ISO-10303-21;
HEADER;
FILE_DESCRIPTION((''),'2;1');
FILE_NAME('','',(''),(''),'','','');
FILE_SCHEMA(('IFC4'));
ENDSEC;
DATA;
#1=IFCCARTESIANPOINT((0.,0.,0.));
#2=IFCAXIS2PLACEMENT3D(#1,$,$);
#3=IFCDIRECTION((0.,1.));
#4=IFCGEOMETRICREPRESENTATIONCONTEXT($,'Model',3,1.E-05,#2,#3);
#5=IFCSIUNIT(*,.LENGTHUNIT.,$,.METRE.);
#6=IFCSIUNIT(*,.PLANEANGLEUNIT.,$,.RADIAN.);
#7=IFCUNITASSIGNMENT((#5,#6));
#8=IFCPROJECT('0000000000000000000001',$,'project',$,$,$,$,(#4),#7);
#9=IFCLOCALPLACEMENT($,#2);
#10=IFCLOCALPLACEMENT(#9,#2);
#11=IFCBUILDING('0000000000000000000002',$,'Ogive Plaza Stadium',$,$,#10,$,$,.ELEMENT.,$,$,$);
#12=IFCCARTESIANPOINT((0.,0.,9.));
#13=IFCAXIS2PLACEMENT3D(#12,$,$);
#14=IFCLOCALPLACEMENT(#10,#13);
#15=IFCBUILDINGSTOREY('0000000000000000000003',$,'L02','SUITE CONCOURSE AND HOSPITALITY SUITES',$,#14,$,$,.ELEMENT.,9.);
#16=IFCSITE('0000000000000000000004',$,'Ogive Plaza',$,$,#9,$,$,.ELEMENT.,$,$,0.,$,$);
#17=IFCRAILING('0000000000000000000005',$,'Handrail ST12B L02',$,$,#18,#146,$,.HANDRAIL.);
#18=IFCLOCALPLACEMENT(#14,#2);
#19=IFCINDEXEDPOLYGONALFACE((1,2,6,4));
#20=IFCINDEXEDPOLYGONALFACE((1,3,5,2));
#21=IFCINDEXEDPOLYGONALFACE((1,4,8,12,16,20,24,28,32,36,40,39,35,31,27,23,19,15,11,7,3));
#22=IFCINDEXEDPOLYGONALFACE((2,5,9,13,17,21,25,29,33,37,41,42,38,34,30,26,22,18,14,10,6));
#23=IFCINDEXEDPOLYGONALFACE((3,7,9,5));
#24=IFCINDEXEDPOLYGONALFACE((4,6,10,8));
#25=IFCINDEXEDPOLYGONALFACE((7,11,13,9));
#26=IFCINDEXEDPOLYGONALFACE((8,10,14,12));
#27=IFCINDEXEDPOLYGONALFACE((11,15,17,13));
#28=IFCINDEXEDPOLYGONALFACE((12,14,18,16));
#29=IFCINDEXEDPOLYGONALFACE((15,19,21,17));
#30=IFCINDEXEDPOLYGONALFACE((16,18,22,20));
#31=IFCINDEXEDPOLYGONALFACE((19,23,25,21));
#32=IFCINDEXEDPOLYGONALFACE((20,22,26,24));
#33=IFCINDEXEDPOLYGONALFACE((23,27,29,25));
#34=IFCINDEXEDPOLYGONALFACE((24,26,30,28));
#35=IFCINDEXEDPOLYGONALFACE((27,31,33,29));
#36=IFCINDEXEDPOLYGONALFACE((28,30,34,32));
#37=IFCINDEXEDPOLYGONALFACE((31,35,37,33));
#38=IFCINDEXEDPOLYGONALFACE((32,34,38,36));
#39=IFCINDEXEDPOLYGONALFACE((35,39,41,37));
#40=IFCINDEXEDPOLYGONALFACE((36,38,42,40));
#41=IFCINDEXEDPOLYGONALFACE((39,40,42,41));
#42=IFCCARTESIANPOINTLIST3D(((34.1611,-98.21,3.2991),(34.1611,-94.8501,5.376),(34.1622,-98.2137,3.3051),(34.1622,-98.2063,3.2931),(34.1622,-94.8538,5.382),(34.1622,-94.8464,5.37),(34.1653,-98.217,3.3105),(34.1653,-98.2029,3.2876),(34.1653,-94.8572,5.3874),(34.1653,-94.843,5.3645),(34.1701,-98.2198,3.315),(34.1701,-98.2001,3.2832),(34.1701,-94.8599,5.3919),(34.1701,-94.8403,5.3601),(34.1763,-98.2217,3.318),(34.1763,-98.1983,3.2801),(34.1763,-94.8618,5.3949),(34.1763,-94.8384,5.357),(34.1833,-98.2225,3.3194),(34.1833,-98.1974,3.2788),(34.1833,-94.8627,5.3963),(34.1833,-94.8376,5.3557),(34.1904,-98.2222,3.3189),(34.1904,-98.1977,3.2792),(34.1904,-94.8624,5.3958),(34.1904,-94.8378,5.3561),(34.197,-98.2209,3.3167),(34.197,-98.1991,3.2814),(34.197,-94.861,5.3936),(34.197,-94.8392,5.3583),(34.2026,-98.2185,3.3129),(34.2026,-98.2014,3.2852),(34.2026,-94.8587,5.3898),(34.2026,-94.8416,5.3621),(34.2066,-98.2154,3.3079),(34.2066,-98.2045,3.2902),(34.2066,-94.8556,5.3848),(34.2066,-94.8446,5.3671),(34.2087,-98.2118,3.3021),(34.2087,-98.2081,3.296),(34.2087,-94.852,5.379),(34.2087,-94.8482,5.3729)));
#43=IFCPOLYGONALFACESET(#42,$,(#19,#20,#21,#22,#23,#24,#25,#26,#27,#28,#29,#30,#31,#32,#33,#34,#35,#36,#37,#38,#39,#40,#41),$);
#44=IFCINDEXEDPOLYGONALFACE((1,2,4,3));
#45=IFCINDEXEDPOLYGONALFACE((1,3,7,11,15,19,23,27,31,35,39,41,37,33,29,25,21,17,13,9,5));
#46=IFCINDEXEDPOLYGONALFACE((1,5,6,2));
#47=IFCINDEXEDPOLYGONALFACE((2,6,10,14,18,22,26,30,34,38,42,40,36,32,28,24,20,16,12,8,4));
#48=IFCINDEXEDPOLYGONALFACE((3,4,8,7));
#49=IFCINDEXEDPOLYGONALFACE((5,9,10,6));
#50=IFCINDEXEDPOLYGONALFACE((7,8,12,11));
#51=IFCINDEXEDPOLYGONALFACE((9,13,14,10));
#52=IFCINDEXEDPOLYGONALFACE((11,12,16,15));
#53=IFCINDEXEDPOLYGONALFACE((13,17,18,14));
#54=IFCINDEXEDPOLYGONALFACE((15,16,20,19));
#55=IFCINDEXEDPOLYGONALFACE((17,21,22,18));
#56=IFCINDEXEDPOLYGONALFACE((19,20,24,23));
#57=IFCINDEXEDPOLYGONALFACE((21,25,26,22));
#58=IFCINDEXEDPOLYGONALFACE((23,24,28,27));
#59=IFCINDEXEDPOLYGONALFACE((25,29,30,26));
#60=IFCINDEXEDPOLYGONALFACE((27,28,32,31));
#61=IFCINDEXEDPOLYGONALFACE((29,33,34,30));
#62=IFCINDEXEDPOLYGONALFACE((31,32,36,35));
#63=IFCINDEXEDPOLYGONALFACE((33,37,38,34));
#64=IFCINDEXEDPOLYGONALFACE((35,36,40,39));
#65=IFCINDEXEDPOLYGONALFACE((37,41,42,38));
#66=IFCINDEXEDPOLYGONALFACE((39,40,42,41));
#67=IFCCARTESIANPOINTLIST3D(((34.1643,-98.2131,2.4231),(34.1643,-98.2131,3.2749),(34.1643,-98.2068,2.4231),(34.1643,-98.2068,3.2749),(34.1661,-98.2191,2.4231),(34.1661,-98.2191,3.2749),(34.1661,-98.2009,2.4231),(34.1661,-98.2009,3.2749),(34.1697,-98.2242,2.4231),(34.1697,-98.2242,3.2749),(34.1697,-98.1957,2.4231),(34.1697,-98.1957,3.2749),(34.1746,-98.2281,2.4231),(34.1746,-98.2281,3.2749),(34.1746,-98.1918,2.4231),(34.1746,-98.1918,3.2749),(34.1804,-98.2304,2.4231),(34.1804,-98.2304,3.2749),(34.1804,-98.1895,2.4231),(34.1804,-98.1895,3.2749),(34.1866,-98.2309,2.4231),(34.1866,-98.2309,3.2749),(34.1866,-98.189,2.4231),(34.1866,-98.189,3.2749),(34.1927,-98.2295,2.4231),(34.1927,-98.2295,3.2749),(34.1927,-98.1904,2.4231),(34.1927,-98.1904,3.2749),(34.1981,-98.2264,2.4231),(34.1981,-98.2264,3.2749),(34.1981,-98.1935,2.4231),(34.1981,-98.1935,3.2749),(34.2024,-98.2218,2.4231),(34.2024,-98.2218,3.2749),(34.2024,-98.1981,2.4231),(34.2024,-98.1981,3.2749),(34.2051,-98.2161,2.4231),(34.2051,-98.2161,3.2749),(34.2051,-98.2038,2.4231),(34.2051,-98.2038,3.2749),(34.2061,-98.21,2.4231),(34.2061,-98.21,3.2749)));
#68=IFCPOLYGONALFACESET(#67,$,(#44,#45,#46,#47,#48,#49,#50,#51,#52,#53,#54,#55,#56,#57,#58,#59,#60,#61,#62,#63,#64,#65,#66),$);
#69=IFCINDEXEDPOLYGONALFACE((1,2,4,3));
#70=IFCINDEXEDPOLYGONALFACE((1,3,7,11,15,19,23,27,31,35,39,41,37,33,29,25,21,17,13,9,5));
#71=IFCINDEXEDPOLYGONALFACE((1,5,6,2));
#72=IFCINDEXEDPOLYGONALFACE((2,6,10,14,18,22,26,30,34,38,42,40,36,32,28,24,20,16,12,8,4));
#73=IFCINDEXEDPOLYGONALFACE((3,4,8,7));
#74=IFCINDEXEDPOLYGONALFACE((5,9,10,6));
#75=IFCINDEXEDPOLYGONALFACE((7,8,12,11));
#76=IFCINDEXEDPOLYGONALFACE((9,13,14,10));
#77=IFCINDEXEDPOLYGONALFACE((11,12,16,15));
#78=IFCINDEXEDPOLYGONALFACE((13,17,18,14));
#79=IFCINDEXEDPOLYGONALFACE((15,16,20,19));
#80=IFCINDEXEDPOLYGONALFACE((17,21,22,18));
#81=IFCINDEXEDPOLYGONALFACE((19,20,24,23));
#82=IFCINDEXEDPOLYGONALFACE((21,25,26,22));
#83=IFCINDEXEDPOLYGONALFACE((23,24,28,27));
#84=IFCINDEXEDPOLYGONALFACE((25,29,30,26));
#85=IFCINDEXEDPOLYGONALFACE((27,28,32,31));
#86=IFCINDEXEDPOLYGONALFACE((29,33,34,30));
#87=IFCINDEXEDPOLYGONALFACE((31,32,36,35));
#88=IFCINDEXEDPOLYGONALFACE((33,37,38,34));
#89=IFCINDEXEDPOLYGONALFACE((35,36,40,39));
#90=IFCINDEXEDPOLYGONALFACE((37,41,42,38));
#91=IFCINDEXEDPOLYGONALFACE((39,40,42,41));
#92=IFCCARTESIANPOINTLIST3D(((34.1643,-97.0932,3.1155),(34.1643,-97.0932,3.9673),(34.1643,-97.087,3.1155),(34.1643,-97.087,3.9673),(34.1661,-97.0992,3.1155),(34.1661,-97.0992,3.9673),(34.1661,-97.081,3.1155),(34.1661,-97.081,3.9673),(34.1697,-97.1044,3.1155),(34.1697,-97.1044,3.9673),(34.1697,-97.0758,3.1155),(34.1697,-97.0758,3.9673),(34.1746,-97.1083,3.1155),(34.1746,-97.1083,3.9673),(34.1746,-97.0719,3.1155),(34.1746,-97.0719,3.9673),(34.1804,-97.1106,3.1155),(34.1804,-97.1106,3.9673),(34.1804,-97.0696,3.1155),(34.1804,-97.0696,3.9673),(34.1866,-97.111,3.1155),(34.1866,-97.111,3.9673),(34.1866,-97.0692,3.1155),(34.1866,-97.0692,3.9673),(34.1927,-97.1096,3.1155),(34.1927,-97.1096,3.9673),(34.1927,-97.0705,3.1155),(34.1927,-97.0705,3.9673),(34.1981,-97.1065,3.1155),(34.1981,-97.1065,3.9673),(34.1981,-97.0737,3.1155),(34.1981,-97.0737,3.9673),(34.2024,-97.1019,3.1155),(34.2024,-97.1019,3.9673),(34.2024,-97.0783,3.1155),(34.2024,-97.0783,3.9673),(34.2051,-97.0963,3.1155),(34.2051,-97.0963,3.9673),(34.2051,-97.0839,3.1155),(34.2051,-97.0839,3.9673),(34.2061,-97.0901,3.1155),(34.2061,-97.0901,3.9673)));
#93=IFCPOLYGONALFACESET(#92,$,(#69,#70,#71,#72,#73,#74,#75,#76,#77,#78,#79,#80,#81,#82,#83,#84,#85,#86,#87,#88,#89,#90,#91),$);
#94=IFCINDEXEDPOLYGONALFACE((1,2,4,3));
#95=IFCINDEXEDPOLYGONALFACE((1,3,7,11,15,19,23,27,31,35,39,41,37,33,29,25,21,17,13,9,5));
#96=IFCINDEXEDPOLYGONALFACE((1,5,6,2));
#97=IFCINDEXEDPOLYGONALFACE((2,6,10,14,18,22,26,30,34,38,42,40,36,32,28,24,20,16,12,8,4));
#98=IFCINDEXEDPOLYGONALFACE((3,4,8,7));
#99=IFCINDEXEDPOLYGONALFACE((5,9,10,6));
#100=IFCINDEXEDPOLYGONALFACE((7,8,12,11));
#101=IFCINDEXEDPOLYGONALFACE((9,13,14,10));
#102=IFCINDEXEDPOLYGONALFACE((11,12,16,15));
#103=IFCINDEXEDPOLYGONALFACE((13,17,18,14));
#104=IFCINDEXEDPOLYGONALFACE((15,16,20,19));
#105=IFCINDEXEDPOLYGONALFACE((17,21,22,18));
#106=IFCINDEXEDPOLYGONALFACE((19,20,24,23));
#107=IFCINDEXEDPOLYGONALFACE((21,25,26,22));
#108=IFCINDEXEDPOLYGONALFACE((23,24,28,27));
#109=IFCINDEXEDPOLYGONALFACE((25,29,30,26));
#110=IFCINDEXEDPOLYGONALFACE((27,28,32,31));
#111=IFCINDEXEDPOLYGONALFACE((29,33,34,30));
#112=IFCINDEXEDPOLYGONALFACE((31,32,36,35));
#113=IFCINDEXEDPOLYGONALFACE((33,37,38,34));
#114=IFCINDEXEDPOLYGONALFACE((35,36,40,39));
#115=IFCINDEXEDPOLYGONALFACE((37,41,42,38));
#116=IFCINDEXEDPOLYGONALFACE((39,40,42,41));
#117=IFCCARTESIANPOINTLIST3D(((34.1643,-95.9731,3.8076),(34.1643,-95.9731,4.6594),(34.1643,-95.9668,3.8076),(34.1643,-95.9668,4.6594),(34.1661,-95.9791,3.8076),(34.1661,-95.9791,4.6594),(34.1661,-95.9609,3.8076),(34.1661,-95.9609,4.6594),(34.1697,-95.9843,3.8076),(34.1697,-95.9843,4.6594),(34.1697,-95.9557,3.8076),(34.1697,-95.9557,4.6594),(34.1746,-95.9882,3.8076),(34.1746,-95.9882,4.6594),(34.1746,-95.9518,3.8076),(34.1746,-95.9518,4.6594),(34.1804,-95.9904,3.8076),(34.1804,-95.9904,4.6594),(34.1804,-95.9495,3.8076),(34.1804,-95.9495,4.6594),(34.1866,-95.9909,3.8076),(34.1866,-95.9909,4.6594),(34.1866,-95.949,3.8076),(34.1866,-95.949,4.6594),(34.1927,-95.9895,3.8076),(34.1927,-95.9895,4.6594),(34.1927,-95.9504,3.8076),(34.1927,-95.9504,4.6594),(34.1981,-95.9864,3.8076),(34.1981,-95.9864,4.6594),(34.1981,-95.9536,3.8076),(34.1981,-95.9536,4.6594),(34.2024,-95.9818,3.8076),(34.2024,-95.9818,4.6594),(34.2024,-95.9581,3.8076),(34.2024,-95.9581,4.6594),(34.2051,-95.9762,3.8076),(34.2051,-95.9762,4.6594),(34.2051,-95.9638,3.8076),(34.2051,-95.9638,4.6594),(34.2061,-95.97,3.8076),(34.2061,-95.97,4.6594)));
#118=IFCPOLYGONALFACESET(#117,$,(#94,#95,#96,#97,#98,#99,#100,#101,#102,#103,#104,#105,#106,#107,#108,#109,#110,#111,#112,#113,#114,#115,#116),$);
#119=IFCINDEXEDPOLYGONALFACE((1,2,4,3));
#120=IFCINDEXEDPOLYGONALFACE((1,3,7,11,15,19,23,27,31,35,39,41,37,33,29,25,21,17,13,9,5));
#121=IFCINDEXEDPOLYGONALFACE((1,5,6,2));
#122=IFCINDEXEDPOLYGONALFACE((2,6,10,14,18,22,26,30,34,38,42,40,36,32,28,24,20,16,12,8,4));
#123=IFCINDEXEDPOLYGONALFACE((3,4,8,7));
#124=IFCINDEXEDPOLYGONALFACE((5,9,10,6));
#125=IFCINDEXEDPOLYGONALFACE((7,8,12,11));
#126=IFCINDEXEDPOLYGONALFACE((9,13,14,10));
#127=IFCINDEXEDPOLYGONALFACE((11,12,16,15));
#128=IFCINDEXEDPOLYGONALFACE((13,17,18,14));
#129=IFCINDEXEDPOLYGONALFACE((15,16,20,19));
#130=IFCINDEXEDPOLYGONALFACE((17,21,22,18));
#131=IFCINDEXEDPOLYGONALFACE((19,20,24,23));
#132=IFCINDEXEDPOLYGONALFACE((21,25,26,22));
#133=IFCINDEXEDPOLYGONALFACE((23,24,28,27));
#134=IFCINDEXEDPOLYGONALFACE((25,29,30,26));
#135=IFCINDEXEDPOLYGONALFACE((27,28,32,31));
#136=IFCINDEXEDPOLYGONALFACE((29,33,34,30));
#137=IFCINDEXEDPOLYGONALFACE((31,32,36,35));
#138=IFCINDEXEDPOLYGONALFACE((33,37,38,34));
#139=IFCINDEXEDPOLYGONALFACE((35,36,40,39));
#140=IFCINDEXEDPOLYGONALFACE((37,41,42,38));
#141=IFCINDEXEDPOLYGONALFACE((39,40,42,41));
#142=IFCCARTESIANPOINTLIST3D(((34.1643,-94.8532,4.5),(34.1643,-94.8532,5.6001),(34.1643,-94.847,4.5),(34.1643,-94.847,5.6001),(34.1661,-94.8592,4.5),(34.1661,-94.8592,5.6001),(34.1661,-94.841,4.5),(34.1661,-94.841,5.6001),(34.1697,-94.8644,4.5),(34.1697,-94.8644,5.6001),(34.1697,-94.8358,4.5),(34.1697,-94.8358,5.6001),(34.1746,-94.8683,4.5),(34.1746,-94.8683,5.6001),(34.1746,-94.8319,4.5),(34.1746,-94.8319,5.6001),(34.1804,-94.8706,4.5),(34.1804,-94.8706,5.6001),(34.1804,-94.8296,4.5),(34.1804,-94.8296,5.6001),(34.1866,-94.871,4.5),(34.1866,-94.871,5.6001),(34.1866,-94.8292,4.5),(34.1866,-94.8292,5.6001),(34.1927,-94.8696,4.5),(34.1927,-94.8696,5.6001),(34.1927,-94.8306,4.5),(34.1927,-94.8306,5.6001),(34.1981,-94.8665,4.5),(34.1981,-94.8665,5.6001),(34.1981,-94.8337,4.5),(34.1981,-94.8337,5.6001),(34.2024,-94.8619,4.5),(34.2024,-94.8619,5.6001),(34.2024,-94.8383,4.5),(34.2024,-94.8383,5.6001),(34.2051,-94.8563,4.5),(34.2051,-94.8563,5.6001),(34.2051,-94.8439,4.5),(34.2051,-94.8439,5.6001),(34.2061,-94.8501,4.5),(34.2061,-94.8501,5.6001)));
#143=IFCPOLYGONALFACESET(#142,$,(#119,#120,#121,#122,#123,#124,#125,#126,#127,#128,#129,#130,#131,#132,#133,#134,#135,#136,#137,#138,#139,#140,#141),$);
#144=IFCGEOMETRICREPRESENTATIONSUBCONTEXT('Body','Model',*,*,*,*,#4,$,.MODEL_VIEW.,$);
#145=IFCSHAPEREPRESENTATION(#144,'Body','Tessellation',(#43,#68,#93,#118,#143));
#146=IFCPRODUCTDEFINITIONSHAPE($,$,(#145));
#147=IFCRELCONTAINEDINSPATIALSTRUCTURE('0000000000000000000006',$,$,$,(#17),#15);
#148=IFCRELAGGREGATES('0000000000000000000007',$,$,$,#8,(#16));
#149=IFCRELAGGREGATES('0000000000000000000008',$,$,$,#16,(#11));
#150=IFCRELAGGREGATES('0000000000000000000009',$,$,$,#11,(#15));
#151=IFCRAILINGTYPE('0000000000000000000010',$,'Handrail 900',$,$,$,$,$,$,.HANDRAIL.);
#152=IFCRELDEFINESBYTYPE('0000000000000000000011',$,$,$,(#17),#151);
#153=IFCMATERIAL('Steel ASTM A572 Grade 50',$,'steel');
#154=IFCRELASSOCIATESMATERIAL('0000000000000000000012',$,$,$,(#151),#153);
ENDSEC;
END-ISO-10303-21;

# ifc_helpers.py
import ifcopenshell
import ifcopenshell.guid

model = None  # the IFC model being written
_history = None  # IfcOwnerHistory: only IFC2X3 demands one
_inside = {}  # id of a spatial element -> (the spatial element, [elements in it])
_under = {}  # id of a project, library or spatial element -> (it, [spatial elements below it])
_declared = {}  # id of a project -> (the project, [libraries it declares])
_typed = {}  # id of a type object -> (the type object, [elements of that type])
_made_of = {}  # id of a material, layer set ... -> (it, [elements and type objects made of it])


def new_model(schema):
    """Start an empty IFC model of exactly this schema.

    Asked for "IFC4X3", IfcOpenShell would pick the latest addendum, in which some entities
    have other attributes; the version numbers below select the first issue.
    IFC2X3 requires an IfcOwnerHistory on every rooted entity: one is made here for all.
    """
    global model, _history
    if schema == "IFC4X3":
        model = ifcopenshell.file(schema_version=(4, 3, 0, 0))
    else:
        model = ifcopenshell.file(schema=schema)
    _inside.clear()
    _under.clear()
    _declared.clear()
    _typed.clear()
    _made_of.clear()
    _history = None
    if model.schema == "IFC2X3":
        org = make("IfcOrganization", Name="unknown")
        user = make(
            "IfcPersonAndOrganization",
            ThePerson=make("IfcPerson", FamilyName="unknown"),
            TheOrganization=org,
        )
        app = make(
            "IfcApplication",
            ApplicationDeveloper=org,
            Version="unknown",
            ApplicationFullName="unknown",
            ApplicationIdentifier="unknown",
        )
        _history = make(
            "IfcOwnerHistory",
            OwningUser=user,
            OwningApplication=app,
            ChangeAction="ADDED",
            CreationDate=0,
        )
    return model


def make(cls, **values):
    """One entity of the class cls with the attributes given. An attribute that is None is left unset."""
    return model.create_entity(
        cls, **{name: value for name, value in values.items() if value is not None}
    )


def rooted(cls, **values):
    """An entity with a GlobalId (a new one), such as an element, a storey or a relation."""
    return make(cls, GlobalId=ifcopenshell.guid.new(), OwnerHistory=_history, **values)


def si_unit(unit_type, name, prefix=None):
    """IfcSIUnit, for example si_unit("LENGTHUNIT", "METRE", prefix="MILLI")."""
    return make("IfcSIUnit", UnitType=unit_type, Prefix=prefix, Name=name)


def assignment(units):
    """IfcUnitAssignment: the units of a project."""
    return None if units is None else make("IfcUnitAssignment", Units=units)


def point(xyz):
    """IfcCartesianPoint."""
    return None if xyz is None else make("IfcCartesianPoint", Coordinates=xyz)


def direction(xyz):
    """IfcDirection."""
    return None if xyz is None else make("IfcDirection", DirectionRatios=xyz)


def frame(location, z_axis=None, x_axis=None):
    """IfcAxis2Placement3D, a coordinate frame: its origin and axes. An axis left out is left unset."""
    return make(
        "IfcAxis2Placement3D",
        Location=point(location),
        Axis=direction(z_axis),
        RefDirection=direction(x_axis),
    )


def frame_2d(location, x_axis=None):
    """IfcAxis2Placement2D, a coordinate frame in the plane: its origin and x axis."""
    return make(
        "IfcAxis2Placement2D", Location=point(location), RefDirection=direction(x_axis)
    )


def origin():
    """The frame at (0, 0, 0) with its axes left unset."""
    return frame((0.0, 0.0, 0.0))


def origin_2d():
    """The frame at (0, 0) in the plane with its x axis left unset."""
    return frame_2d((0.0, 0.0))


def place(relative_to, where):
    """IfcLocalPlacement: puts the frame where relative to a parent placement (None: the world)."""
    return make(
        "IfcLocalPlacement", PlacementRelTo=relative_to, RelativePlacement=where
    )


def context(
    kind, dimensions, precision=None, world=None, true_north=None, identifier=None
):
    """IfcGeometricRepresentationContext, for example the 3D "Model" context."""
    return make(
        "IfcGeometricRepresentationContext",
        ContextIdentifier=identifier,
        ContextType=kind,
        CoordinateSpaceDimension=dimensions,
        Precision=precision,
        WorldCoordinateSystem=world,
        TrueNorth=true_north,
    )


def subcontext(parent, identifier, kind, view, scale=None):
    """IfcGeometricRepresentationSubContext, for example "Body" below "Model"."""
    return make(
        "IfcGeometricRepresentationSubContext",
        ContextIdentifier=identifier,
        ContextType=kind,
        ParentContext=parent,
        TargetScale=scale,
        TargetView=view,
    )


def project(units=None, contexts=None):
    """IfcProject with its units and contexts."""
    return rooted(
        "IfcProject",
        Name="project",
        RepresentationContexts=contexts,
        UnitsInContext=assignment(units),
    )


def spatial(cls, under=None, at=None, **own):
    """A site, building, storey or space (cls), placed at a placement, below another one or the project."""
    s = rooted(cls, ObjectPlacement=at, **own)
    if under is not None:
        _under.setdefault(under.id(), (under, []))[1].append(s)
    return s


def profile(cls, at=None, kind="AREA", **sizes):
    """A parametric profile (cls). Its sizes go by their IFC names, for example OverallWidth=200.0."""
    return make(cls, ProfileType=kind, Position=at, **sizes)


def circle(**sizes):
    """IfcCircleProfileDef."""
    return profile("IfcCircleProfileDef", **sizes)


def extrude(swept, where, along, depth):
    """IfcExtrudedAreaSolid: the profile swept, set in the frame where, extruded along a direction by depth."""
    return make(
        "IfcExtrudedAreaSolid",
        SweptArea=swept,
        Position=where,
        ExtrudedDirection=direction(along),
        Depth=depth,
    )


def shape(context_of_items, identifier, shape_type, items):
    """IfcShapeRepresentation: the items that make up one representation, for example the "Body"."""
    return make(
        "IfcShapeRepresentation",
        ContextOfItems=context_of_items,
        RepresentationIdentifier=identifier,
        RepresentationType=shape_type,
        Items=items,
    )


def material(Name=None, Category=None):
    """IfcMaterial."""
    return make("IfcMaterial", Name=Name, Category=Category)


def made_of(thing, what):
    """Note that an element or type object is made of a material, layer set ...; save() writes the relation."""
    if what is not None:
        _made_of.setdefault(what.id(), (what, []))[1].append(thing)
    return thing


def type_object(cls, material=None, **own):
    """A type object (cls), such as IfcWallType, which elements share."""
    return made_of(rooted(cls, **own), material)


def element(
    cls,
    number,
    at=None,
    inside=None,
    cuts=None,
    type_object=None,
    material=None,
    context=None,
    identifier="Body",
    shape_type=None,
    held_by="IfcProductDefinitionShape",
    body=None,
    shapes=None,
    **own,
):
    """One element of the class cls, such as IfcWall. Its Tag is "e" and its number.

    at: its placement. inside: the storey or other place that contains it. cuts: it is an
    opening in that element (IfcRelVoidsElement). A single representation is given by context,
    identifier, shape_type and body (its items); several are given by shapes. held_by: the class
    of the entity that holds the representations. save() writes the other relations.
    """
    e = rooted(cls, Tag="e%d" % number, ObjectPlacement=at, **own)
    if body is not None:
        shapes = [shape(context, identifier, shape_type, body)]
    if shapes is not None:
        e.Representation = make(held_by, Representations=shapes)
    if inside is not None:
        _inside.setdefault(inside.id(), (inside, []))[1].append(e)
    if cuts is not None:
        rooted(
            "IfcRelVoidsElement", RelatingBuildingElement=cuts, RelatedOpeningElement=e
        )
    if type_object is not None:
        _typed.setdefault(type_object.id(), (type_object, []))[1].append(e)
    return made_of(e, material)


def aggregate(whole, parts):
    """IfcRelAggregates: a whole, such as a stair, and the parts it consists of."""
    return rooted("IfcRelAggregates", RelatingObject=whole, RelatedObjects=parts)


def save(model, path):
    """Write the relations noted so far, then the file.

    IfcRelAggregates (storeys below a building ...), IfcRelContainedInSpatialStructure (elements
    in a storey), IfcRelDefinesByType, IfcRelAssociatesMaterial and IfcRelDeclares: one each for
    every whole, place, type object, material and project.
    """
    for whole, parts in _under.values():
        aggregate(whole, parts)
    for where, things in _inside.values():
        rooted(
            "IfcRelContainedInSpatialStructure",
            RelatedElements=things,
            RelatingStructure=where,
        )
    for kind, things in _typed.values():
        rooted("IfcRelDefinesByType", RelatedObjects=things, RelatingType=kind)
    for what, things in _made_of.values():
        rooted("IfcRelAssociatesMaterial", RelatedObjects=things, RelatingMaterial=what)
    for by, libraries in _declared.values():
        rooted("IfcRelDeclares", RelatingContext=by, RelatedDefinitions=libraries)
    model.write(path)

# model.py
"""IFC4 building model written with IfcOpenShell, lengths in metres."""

from ifc_helpers import new_model, si_unit, direction, frame, origin, origin_2d, place, context, subcontext, project, spatial, circle, extrude, material, type_object, element, save


model = new_model("IFC4")

# Units and contexts
model_context = context("Model", 3, precision=1e-05, world=origin(), true_north=direction((0.0, 1.0)))
body_context = subcontext(model_context, "Body", "Model", "MODEL_VIEW")
ifc_project = project(units=[si_unit("LENGTHUNIT", "METRE"), si_unit("PLANEANGLEUNIT", "RADIAN")], contexts=[model_context])

# Site, building, storey
site_placement = place(None, origin())
site = spatial("IfcSite", under=ifc_project, at=site_placement, Name="Ogive Plaza", CompositionType="ELEMENT", RefElevation=0.0)
building_placement = place(site_placement, origin())
building = spatial("IfcBuilding", under=site, at=building_placement, Name="Ogive Plaza Stadium", CompositionType="ELEMENT")
storey_placement = place(building_placement, frame((0.0, 0.0, 9.0)))
storey = spatial("IfcBuildingStorey", under=building, at=storey_placement, Name="L02", Description="SUITE CONCOURSE AND HOSPITALITY SUITES", CompositionType="ELEMENT", Elevation=9.0)

# Railing
ifc_material_1 = material(Name="Steel ASTM A572 Grade 50", Category="steel")
railing_type_1 = type_object("IfcRailingType", Name="Handrail 900", PredefinedType="HANDRAIL", material=ifc_material_1)
for number, where, name in (
    (1, (34.1851, -98.21, 2.4231), "Handrail ST12B L02"),
):
    element("IfcRailing", number, at=place(storey_placement, frame(where)), inside=storey, type_object=railing_type_1, Name=name, PredefinedType="HANDRAIL", context=body_context, shape_type="SweptSolid", body=[
        extrude(circle(Radius=0.0239, at=origin_2d()), frame((0.0, 0.0, 0.876), z_axis=(0.0, 0.850606, 0.525803), x_axis=(-1.0, 0.0, 0.0)), (0.0, 0.0, 1.0), 3.95),
        extrude(circle(Radius=0.021, at=origin_2d()), origin(), (0.0, 0.0, 1.0), 0.8518),
        extrude(circle(Radius=0.021, at=origin_2d()), frame((0.0, 1.1199, 0.6924)), (0.0, 0.0, 1.0), 0.8518),
        extrude(circle(Radius=0.021, at=origin_2d()), frame((0.0, 2.24, 1.3845)), (0.0, 0.0, 1.0), 0.8518),
        extrude(circle(Radius=0.021, at=origin_2d()), frame((0.0, 3.3599, 2.0769)), (0.0, 0.0, 1.0), 1.1001),
    ])

save(model, "model.ifc")
